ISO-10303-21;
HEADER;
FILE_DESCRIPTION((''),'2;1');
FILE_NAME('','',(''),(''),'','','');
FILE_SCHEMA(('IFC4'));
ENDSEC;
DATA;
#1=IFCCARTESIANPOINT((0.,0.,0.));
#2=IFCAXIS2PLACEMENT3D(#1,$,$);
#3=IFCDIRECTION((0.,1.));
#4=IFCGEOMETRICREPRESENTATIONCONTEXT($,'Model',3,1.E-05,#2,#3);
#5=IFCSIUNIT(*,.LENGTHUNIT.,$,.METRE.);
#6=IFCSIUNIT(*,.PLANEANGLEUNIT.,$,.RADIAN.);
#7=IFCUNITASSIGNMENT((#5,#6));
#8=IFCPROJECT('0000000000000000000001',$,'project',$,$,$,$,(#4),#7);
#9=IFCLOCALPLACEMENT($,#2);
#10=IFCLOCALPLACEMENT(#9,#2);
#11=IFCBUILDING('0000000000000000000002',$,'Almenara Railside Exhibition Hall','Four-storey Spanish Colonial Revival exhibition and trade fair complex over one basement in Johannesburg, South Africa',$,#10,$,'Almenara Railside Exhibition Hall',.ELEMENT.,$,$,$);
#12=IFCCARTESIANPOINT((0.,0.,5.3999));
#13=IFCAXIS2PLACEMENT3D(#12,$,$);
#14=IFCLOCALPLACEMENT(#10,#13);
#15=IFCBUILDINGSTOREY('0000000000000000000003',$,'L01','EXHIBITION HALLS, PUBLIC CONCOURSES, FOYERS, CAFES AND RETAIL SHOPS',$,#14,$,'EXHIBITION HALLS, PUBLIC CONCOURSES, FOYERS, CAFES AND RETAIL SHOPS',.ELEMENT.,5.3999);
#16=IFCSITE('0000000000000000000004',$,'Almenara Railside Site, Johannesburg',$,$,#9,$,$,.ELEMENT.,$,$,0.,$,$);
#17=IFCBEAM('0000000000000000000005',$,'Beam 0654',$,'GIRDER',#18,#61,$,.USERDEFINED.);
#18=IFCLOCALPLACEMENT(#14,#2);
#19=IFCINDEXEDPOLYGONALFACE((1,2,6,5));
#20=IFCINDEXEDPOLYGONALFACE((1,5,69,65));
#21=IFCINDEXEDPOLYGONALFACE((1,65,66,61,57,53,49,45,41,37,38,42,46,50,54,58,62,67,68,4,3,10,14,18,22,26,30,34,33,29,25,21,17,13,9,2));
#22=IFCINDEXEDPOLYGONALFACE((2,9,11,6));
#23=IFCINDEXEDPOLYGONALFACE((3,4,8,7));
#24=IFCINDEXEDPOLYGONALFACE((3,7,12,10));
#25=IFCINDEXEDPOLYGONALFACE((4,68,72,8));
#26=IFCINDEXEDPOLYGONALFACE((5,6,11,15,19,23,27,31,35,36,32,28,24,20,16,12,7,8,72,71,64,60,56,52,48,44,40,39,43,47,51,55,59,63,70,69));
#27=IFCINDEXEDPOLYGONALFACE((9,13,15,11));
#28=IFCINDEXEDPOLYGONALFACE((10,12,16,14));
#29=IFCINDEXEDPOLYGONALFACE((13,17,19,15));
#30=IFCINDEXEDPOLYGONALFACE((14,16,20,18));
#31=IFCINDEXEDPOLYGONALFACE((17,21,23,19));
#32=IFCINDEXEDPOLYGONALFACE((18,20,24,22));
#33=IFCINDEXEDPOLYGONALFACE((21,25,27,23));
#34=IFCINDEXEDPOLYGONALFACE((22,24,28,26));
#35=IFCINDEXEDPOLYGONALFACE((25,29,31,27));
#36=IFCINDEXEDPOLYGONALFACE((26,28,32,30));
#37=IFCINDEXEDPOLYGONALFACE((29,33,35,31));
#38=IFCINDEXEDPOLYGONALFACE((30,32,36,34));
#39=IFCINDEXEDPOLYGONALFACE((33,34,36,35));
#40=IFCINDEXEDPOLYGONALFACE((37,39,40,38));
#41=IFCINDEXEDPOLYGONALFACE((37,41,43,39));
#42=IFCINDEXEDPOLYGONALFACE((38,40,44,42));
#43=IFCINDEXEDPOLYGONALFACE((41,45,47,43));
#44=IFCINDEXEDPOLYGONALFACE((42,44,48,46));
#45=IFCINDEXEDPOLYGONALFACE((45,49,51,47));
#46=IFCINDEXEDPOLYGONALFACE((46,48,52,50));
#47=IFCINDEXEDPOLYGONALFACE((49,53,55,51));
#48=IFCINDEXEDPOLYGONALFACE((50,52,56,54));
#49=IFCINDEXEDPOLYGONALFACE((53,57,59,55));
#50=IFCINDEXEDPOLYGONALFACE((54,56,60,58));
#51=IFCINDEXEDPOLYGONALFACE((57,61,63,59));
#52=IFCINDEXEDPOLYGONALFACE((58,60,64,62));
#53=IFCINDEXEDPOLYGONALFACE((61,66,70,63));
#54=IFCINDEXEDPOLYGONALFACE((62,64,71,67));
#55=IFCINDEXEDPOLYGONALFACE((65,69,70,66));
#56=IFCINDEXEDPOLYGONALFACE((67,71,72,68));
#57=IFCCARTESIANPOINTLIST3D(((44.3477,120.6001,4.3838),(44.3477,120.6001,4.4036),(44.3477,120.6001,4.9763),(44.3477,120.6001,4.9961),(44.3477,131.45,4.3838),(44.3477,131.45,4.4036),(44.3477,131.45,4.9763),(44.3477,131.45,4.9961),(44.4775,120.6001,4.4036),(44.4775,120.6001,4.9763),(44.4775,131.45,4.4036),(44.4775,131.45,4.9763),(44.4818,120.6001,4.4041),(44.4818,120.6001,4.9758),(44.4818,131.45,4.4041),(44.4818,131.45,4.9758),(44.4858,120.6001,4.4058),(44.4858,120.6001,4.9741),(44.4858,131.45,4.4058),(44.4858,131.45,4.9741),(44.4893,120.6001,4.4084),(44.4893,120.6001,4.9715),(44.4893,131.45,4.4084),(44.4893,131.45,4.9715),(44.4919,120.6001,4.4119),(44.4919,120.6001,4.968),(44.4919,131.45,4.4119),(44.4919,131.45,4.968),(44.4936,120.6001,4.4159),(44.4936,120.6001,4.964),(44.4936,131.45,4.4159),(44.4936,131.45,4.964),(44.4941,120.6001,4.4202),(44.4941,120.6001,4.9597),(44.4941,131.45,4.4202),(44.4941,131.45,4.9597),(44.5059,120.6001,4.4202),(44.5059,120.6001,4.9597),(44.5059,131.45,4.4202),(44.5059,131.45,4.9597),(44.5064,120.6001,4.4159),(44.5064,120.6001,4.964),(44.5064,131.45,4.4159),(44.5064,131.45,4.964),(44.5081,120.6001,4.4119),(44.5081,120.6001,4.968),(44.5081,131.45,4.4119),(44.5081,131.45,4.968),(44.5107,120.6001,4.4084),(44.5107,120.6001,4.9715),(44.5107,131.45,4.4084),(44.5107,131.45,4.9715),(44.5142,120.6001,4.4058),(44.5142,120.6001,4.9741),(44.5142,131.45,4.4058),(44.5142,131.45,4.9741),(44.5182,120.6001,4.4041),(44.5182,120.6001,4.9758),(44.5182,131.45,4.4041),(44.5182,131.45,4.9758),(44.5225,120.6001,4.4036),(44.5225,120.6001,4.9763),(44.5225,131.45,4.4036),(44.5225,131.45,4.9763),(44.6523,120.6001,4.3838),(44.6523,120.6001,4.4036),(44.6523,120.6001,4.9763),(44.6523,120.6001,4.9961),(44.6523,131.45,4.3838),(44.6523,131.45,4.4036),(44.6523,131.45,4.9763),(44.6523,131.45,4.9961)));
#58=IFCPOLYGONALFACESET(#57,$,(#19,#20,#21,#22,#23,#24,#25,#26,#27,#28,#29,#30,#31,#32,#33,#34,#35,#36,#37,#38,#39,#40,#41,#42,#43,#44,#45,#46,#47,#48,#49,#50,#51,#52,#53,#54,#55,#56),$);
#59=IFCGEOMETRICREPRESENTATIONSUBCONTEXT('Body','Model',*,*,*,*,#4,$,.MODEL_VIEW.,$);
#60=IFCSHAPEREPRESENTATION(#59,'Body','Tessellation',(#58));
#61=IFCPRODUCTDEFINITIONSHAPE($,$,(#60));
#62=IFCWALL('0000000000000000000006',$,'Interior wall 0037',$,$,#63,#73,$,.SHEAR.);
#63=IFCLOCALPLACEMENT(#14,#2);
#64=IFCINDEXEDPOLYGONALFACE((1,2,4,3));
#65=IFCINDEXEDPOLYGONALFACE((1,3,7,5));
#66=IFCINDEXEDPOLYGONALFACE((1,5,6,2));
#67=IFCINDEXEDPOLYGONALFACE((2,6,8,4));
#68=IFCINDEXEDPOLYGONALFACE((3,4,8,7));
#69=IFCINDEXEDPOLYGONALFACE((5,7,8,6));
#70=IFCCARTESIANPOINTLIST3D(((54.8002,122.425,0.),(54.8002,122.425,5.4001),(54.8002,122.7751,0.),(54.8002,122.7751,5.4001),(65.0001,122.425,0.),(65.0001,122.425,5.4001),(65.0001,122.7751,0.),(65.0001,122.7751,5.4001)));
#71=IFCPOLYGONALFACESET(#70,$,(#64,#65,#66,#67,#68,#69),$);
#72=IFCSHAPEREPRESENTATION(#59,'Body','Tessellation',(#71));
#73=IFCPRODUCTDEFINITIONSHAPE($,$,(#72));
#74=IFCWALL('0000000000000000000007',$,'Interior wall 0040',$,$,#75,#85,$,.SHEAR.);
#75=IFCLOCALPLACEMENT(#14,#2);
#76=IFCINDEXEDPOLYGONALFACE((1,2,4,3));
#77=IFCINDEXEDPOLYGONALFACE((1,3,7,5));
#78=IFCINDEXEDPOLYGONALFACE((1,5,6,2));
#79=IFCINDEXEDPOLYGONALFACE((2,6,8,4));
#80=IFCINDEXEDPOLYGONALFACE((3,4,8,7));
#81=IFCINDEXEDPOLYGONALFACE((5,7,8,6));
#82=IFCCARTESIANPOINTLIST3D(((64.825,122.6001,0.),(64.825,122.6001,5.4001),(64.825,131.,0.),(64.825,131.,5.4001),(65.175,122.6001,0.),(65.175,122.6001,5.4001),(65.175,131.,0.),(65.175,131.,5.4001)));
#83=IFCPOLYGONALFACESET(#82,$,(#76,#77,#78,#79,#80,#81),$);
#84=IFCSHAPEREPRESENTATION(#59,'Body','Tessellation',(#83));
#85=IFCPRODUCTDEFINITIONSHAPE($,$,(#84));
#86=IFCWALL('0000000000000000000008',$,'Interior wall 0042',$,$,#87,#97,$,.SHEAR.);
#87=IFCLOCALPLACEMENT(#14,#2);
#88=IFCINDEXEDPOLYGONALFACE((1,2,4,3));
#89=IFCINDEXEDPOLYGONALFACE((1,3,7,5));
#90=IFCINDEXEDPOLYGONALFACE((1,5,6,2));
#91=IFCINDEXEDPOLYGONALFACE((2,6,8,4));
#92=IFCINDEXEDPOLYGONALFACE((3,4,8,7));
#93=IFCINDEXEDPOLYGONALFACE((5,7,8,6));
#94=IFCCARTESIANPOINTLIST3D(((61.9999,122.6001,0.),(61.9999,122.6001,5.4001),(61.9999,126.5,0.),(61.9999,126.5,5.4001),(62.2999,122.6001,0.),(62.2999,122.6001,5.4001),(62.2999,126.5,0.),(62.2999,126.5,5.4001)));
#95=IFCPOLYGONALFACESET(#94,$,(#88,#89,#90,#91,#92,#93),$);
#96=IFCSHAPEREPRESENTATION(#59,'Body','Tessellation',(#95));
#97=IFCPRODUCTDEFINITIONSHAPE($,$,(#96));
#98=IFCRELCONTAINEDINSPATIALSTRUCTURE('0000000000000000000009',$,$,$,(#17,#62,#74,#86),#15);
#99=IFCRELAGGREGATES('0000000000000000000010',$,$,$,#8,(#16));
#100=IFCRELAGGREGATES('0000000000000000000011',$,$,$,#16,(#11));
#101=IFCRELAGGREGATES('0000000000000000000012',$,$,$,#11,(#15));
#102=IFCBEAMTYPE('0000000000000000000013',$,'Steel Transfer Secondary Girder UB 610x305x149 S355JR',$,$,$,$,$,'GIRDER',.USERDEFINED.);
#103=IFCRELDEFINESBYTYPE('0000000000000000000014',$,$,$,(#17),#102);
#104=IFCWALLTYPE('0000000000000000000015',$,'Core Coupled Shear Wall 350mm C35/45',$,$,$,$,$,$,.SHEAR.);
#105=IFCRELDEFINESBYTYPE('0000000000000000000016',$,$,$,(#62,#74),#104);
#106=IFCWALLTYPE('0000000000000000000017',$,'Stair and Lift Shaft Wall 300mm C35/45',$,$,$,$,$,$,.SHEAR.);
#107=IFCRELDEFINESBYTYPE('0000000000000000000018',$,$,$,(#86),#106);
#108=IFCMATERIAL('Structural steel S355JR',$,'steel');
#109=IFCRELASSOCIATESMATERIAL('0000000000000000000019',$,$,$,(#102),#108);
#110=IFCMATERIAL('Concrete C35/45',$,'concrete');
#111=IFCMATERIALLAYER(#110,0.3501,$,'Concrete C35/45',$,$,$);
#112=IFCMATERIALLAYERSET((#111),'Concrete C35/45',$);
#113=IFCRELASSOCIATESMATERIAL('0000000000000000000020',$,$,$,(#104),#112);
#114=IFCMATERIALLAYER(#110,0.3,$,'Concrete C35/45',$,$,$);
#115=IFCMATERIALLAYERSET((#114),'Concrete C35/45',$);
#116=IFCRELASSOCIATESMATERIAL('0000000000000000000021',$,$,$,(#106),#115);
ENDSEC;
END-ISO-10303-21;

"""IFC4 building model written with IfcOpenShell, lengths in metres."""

from ifc_helpers import new_model, si_unit, direction, frame, frame_2d, origin, origin_2d, place, context, subcontext, project, spatial, rectangle, i_section, extrude, material, layer, layer_set, material_profile, profile_set, type_object, element, save


model = new_model("IFC4")

# Units and contexts
model_context = context("Model", 3, precision=1e-05, world=origin(), true_north=direction((0.0, 1.0)))
body_context = subcontext(model_context, "Body", "Model", "MODEL_VIEW")
ifc_project = project(units=[si_unit("LENGTHUNIT", "METRE"), si_unit("PLANEANGLEUNIT", "RADIAN")], contexts=[model_context])

# Site, building, storey
site_placement = place(None, origin())
site = spatial("IfcSite", under=ifc_project, at=site_placement, Name="Almenara Railside Site, Johannesburg", CompositionType="ELEMENT", RefElevation=0.0)
building_placement = place(site_placement, origin())
building = spatial("IfcBuilding", under=site, at=building_placement, Name="Almenara Railside Exhibition Hall", Description="Four-storey Spanish Colonial Revival exhibition and trade fair complex over one basement in Johannesburg, South Africa", LongName="Almenara Railside Exhibition Hall", CompositionType="ELEMENT")
storey_placement = place(building_placement, frame((0.0, 0.0, 5.3999)))
storey = spatial("IfcBuildingStorey", under=building, at=storey_placement, Name="L01", Description="EXHIBITION HALLS, PUBLIC CONCOURSES, FOYERS, CAFES AND RETAIL SHOPS", LongName="EXHIBITION HALLS, PUBLIC CONCOURSES, FOYERS, CAFES AND RETAIL SHOPS", CompositionType="ELEMENT", Elevation=5.3999)

# Beam
ifc_material_1 = material(Name="Concrete C35/45", Category="concrete")
ifc_material_2 = material(Name="Structural steel S355JR", Category="steel")
ifc_material_profile_1 = material_profile(ifc_material_2, i_section(OverallWidth=0.3047, OverallDepth=0.6123, WebThickness=0.0117, FlangeThickness=0.0198, FilletRadius=0.0166, at=origin_2d()), Name="UB 610x305x149")
ifc_profile_set_1 = profile_set([ifc_material_profile_1], Name="Structural steel S355JR")
beam_type_1 = type_object("IfcBeamType", Name="Steel Transfer Secondary Girder UB 610x305x149 S355JR", ElementType="GIRDER", PredefinedType="USERDEFINED", material=ifc_profile_set_1)
beam_1_placement = place(storey_placement, frame((44.5, 120.6001, 4.6899), z_axis=(0.0, 1.0, 0.0), x_axis=(-1.0, 0.0, 0.0)))
element("IfcBeam", 1, at=beam_1_placement, inside=storey, type_object=beam_type_1, Name="Beam 0654", ObjectType="GIRDER", PredefinedType="USERDEFINED", context=body_context, shape_type="SweptSolid", body=[
    extrude(i_section(OverallWidth=0.3047, OverallDepth=0.6123, WebThickness=0.0117, FlangeThickness=0.0198, FilletRadius=0.0166, at=origin_2d()), origin(), (0.0, 0.0, 1.0), 10.8499),
])

# Walls
ifc_layer_1 = layer(ifc_material_1, 0.3501, Name="Concrete C35/45")
ifc_layer_set_1 = layer_set([ifc_layer_1], Name="Concrete C35/45")
wall_type_1 = type_object("IfcWallType", Name="Core Coupled Shear Wall 350mm C35/45", PredefinedType="SHEAR", material=ifc_layer_set_1)
wall_1_placement = place(storey_placement, frame((54.8, 122.6001, 0.0), z_axis=(0.0, 0.0, 1.0), x_axis=(1.0, 0.0, 0.0)))
element("IfcWall", 2, at=wall_1_placement, inside=storey, type_object=wall_type_1, Name="Interior wall 0037", PredefinedType="SHEAR", context=body_context, shape_type="SweptSolid", body=[
    extrude(rectangle(XDim=10.2, YDim=0.3501, at=frame_2d((5.1001, 0.0))), origin(), (0.0, 0.0, 1.0), 5.4001),
])
wall_2_placement = place(storey_placement, frame((65.0, 122.6001, 0.0), z_axis=(0.0, 0.0, 1.0), x_axis=(0.0, 1.0, 0.0)))
element("IfcWall", 3, at=wall_2_placement, inside=storey, type_object=wall_type_1, Name="Interior wall 0040", PredefinedType="SHEAR", context=body_context, shape_type="SweptSolid", body=[
    extrude(rectangle(XDim=8.3999, YDim=0.3501, at=frame_2d((4.2, 0.0))), origin(), (0.0, 0.0, 1.0), 5.4001),
])
ifc_layer_2 = layer(ifc_material_1, 0.3, Name="Concrete C35/45")
ifc_layer_set_2 = layer_set([ifc_layer_2], Name="Concrete C35/45")
wall_type_2 = type_object("IfcWallType", Name="Stair and Lift Shaft Wall 300mm C35/45", PredefinedType="SHEAR", material=ifc_layer_set_2)
wall_3_placement = place(storey_placement, frame((62.1499, 122.6001, 0.0), z_axis=(0.0, 0.0, 1.0), x_axis=(0.0, 1.0, 0.0)))
element("IfcWall", 4, at=wall_3_placement, inside=storey, type_object=wall_type_2, Name="Interior wall 0042", PredefinedType="SHEAR", context=body_context, shape_type="SweptSolid", body=[
    extrude(rectangle(XDim=3.8999, YDim=0.3, at=frame_2d((1.95, 0.0))), origin(), (0.0, 0.0, 1.0), 5.4001),
])

save(model, "model.ifc")
